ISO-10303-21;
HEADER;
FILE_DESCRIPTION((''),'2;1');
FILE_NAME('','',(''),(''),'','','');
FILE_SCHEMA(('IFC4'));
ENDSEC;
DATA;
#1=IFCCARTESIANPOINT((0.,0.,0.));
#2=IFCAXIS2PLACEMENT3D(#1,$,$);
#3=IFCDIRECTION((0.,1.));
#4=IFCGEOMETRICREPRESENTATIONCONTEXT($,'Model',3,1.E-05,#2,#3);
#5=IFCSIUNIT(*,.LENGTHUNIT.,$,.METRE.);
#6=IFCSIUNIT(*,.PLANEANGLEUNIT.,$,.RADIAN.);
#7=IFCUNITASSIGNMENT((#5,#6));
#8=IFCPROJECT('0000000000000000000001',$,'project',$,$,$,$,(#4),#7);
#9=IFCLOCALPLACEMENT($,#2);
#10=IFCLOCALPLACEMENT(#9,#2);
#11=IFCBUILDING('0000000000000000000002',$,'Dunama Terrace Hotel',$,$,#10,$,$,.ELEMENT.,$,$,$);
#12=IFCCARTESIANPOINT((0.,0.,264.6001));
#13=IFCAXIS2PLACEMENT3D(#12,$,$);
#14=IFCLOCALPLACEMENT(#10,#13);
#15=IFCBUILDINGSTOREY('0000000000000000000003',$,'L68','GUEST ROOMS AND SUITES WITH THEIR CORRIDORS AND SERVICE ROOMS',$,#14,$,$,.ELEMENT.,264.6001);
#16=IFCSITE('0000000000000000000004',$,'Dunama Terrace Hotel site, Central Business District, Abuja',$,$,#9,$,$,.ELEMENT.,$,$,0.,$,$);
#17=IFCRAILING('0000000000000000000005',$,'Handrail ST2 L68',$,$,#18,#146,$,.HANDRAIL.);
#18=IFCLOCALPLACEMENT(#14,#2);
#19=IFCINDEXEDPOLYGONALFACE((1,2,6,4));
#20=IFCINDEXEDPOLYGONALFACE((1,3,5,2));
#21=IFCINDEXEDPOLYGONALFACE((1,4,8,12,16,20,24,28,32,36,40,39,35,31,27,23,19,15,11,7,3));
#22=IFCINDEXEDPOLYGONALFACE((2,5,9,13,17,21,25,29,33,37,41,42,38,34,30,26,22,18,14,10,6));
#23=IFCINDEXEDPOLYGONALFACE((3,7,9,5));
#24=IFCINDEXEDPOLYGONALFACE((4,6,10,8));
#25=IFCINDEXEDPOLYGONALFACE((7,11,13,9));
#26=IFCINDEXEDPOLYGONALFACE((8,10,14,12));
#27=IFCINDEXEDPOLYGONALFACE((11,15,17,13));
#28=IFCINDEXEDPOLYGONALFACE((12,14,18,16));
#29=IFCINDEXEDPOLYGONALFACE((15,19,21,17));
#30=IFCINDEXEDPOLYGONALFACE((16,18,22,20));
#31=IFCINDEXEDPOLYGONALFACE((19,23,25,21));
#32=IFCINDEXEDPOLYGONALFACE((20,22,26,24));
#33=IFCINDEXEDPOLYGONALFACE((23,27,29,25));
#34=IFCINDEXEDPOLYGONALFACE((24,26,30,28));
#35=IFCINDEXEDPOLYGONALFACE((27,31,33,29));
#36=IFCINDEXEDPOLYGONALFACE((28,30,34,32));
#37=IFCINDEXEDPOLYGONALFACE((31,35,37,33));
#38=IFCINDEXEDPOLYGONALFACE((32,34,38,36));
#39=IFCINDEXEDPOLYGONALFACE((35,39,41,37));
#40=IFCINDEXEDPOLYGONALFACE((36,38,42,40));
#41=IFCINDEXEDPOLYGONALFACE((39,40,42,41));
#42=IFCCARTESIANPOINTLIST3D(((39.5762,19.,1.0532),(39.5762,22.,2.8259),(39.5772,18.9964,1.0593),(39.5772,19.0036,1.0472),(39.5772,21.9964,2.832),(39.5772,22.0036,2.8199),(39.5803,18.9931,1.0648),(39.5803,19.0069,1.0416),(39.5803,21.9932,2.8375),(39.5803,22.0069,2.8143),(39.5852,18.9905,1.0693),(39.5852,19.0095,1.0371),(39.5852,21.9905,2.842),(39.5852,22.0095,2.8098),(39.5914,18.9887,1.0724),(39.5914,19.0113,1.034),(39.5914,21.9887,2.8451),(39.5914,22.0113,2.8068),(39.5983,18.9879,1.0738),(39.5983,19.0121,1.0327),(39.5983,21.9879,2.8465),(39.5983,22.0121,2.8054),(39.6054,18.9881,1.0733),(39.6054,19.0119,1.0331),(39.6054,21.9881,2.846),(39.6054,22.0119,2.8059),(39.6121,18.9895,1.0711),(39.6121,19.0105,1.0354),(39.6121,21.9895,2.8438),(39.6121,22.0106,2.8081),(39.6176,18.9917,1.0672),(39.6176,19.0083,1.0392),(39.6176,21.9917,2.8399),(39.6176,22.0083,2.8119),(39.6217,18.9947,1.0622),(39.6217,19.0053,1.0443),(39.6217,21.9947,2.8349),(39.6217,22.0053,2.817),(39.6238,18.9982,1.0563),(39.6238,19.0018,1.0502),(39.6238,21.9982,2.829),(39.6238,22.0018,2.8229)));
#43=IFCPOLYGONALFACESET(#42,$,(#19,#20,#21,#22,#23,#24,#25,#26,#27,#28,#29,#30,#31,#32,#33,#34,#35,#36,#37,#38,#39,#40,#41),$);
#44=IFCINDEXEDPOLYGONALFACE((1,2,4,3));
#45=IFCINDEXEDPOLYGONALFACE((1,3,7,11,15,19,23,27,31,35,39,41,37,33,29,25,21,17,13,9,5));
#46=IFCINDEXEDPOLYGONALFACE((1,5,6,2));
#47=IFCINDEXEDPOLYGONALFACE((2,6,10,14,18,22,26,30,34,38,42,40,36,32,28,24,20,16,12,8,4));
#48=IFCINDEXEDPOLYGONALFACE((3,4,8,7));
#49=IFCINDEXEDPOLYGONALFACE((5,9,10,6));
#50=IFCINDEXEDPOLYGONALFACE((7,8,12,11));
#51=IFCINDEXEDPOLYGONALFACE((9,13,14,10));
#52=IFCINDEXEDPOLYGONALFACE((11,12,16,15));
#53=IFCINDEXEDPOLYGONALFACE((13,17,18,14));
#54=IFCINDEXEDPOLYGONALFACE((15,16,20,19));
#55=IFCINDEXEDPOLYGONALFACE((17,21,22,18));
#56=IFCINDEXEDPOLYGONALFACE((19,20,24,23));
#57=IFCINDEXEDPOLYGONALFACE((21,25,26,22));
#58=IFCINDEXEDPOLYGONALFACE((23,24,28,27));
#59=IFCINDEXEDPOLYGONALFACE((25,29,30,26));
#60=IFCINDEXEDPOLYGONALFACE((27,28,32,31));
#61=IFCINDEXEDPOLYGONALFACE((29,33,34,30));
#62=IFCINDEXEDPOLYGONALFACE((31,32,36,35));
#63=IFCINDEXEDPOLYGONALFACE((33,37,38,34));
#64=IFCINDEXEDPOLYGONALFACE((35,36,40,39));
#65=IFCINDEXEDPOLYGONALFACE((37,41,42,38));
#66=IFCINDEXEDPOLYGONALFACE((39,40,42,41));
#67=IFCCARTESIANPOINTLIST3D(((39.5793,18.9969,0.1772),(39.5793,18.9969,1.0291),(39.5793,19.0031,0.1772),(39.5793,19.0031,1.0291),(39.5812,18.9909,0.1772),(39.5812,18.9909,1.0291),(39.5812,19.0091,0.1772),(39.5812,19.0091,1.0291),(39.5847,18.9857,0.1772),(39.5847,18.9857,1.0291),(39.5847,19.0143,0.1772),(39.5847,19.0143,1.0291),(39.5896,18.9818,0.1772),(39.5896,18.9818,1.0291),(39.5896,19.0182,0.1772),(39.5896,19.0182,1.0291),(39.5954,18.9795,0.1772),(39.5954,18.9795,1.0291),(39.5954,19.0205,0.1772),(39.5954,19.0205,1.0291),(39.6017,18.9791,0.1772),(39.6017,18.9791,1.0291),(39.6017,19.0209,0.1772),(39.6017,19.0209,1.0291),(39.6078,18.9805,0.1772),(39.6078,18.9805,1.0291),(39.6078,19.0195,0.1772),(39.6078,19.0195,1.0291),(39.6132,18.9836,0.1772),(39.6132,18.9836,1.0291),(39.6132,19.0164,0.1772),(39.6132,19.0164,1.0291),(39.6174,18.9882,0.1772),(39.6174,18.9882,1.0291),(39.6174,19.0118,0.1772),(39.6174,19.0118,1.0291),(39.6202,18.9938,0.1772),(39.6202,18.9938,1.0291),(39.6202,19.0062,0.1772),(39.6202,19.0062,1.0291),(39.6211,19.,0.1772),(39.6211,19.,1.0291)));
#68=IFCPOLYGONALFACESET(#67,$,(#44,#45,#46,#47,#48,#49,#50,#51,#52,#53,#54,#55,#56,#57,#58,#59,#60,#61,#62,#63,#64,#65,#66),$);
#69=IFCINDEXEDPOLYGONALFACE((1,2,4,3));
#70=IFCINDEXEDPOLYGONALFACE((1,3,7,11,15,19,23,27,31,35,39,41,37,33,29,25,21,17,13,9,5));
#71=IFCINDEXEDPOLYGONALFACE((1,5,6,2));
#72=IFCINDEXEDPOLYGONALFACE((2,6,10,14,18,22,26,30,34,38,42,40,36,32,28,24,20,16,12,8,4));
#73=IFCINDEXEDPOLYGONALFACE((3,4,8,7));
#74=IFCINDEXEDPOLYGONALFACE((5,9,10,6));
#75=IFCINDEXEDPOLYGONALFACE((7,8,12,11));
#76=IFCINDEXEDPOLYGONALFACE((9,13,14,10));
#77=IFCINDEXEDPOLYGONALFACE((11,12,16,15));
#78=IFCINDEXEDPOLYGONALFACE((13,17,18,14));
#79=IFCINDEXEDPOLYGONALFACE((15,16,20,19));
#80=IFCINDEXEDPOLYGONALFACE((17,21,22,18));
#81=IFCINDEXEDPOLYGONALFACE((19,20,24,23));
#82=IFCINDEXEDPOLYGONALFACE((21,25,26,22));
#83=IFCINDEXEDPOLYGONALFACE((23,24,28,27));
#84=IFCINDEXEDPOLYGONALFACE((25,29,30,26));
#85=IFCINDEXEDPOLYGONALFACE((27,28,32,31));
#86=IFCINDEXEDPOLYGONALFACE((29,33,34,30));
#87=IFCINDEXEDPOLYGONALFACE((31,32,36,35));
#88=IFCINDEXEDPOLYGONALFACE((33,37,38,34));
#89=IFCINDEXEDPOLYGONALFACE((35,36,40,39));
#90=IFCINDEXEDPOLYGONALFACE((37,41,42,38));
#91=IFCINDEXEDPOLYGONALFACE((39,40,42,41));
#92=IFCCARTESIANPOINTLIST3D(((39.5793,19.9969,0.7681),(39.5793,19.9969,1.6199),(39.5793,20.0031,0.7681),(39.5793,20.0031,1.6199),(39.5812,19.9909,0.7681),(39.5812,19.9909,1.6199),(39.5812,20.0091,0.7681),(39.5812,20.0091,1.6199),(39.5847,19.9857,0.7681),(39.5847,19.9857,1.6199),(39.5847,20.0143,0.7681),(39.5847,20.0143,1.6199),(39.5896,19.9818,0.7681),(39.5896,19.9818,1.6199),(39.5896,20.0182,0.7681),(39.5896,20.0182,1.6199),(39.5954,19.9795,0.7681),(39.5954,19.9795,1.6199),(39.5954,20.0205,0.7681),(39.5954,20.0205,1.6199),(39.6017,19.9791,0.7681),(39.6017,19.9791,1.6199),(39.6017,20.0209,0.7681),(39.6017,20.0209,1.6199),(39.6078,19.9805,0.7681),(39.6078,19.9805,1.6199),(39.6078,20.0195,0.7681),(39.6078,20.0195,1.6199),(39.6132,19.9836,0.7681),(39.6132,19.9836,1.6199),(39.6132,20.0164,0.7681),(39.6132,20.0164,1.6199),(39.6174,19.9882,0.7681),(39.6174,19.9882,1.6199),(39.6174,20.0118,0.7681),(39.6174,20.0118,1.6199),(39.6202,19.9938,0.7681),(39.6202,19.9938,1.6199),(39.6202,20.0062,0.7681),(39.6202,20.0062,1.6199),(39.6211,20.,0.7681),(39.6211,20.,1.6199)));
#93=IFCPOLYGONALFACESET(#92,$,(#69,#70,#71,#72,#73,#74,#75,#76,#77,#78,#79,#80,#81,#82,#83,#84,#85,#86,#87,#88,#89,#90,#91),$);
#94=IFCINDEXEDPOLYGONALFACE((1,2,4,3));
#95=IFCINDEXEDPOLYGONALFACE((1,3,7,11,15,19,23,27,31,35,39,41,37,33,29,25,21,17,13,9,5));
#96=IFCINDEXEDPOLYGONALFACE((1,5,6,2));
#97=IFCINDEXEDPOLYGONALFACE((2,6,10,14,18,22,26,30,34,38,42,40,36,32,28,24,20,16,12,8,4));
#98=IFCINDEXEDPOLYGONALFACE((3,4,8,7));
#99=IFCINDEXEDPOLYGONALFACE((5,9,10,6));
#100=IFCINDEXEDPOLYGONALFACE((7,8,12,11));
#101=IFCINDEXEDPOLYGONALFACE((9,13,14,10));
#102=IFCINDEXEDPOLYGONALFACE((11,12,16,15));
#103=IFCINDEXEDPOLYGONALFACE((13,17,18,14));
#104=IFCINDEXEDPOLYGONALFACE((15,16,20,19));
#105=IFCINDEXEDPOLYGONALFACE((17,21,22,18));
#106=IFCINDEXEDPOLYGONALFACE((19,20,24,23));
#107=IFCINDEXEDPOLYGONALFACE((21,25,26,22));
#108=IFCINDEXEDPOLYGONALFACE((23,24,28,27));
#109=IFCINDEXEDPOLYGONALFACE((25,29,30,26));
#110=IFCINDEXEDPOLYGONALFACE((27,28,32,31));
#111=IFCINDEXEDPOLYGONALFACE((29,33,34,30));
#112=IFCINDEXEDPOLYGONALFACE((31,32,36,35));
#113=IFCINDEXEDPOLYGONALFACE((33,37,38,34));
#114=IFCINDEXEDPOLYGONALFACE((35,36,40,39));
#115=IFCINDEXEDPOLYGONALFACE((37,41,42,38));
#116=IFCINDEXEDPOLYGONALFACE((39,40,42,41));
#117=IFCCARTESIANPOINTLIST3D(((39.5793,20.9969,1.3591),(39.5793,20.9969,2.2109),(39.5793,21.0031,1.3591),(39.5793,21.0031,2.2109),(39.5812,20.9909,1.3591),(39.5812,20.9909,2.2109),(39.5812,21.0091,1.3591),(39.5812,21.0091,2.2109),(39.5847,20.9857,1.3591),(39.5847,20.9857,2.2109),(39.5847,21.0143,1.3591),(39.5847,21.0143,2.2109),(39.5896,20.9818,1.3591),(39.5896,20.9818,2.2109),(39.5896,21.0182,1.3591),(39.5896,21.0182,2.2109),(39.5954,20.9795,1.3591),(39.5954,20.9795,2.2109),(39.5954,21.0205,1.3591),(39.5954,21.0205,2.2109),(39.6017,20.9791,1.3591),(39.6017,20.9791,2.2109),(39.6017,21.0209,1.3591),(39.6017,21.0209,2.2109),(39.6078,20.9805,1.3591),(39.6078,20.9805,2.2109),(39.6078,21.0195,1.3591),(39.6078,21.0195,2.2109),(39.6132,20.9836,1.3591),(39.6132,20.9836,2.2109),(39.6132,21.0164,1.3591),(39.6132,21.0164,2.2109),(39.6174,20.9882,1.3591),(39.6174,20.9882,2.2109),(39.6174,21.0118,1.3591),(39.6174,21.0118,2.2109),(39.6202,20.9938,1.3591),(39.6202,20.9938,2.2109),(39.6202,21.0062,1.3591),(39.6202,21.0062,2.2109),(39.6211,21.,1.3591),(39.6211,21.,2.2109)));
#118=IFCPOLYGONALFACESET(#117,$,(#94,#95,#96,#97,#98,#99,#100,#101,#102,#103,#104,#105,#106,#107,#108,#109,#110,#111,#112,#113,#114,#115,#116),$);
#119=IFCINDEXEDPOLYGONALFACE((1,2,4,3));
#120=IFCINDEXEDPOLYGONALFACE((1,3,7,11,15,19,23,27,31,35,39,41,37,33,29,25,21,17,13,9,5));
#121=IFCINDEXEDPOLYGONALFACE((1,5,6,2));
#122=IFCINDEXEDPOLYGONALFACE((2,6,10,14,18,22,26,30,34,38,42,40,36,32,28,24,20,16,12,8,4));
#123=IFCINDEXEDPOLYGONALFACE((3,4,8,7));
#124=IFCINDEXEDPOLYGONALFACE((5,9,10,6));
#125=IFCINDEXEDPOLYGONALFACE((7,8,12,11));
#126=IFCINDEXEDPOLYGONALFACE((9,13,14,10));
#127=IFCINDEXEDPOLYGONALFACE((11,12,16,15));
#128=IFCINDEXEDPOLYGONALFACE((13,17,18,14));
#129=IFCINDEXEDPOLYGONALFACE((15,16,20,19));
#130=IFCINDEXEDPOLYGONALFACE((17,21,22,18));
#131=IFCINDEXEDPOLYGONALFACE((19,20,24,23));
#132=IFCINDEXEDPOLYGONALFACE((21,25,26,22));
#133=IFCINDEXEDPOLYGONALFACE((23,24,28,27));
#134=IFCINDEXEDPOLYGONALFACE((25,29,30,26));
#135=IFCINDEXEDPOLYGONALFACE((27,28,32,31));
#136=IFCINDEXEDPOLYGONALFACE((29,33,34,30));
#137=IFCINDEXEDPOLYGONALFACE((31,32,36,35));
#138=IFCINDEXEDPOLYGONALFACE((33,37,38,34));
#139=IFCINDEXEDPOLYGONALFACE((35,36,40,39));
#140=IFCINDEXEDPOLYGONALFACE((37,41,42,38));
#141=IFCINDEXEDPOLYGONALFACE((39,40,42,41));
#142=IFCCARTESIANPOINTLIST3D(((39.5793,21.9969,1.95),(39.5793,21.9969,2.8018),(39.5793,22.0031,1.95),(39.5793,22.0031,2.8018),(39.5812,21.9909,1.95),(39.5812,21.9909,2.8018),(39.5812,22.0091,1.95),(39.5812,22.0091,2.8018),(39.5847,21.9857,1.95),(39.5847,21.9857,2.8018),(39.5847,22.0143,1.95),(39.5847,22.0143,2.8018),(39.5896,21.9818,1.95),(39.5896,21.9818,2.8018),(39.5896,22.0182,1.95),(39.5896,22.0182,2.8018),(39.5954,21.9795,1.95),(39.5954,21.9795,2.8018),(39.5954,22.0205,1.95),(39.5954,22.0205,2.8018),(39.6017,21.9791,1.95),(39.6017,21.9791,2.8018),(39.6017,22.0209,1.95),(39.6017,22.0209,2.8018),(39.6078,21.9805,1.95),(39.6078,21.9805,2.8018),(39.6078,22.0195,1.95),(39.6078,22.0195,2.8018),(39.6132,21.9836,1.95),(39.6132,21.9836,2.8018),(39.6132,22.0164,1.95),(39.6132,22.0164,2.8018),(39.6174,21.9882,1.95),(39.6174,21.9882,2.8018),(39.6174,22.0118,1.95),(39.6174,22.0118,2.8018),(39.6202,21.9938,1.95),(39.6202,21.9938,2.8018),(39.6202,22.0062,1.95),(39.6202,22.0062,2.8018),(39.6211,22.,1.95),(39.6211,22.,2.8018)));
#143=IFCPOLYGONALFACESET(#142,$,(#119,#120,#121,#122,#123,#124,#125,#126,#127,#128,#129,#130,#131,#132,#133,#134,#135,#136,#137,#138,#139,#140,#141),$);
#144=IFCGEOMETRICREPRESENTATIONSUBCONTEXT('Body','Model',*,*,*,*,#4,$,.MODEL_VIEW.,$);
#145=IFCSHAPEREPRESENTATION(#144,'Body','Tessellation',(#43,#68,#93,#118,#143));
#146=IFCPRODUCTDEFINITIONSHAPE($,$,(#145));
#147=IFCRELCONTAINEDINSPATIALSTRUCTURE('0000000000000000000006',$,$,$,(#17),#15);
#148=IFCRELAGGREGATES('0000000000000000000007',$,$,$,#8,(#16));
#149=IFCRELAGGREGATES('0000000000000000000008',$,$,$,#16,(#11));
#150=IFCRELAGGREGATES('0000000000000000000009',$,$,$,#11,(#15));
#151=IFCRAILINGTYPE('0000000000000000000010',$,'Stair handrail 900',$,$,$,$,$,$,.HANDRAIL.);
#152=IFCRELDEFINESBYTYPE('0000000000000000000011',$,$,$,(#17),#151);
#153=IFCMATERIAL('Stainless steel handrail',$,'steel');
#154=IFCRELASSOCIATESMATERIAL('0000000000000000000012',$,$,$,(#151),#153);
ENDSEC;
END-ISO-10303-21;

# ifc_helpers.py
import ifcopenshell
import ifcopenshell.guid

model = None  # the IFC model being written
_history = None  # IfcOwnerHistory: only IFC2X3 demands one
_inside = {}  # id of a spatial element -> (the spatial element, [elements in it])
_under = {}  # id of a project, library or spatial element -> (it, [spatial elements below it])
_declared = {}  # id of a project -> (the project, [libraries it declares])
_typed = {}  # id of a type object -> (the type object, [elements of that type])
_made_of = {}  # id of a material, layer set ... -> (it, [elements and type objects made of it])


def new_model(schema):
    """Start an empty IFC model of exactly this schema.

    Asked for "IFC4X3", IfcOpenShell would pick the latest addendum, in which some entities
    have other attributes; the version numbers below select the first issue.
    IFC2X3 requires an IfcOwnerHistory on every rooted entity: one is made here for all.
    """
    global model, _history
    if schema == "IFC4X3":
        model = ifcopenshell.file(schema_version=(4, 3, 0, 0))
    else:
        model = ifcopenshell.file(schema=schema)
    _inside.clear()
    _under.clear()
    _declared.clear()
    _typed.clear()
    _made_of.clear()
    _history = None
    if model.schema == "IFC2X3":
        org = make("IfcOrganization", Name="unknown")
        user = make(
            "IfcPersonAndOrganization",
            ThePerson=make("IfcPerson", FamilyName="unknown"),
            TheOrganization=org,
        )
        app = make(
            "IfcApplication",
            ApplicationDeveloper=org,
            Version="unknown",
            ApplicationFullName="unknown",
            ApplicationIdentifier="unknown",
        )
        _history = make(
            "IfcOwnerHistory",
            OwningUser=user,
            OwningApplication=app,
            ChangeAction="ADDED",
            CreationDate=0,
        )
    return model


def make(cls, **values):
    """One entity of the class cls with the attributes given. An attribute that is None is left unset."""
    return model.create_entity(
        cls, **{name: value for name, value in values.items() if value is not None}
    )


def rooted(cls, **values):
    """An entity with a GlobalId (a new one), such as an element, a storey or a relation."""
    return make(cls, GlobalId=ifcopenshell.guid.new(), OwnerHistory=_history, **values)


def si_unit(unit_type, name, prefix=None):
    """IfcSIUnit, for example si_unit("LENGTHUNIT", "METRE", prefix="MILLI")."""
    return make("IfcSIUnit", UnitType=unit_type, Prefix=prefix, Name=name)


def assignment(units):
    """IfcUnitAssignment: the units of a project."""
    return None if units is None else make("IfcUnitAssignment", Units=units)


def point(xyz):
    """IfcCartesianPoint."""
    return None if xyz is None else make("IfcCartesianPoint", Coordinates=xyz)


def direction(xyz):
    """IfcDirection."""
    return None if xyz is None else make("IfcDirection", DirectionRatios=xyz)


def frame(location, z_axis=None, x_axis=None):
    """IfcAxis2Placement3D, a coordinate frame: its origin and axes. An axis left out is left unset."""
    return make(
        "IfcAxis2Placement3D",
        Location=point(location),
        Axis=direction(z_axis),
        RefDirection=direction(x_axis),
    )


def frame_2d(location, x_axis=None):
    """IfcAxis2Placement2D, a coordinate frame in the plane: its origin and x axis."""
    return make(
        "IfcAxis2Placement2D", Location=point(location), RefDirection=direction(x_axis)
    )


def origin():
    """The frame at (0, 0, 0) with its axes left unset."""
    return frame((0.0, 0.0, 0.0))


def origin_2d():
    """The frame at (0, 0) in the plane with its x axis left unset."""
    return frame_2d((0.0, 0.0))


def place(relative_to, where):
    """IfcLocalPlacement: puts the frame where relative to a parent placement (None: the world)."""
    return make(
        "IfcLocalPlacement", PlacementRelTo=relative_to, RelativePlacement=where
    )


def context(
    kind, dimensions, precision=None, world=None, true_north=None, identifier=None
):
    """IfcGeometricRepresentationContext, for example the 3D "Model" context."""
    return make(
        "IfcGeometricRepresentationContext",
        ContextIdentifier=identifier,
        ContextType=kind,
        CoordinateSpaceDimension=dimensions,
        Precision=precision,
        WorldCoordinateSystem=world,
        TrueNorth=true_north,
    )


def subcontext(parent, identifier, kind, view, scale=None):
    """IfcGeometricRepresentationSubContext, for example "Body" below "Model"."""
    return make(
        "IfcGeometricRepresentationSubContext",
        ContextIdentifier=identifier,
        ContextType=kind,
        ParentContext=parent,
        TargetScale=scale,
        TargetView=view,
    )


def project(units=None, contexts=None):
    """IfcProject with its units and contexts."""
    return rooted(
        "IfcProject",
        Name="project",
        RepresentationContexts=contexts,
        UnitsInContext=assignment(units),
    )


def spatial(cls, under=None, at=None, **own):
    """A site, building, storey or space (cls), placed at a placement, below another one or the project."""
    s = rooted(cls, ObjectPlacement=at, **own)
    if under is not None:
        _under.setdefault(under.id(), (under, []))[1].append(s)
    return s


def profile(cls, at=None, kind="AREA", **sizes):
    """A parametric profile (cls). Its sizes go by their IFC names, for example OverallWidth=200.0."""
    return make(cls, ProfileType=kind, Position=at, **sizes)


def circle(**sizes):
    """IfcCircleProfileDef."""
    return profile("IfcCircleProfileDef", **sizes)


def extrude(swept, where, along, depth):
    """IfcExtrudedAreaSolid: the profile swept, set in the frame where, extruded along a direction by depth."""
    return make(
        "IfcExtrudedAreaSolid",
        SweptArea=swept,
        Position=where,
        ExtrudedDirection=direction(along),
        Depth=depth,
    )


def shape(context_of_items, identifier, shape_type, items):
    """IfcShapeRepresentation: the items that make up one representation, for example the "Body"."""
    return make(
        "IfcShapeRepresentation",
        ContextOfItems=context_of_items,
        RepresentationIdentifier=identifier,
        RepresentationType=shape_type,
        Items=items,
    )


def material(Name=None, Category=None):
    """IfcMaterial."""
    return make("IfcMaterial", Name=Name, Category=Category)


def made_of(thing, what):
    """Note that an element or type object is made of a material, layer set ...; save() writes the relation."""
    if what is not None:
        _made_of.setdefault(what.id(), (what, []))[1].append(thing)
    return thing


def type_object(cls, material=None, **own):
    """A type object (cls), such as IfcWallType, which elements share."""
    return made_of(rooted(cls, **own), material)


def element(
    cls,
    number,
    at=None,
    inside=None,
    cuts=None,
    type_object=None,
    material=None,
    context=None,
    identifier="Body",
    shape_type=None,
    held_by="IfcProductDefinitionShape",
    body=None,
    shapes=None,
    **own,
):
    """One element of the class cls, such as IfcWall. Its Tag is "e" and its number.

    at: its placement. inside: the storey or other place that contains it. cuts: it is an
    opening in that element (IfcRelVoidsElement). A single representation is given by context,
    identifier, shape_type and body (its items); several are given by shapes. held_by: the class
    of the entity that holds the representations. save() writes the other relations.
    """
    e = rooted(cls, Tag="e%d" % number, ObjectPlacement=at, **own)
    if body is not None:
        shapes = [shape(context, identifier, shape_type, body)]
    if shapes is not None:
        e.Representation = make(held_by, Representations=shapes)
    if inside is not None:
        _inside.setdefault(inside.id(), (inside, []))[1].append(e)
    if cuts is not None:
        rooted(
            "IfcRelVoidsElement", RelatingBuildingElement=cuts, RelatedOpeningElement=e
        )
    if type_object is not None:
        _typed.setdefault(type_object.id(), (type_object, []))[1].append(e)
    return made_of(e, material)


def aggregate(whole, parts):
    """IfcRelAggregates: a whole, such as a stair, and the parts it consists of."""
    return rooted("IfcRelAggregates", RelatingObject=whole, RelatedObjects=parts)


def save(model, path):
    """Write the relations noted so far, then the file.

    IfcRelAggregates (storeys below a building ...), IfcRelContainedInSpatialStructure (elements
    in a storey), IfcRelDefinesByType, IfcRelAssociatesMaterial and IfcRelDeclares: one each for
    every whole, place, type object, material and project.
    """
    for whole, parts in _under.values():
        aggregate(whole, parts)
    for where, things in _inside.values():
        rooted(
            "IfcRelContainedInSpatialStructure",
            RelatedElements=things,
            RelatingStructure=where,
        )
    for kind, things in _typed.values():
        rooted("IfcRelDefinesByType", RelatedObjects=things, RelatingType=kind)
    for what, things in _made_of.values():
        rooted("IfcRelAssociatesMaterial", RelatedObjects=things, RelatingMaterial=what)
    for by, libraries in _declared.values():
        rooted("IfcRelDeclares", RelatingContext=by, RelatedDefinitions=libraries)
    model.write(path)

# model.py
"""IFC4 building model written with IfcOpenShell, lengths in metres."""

from ifc_helpers import new_model, si_unit, direction, frame, origin, origin_2d, place, context, subcontext, project, spatial, circle, extrude, material, type_object, element, save


model = new_model("IFC4")

# Units and contexts
model_context = context("Model", 3, precision=1e-05, world=origin(), true_north=direction((0.0, 1.0)))
body_context = subcontext(model_context, "Body", "Model", "MODEL_VIEW")
ifc_project = project(units=[si_unit("LENGTHUNIT", "METRE"), si_unit("PLANEANGLEUNIT", "RADIAN")], contexts=[model_context])

# Site, building, storey
site_placement = place(None, origin())
site = spatial("IfcSite", under=ifc_project, at=site_placement, Name="Dunama Terrace Hotel site, Central Business District, Abuja", CompositionType="ELEMENT", RefElevation=0.0)
building_placement = place(site_placement, origin())
building = spatial("IfcBuilding", under=site, at=building_placement, Name="Dunama Terrace Hotel", CompositionType="ELEMENT")
storey_placement = place(building_placement, frame((0.0, 0.0, 264.6001)))
storey = spatial("IfcBuildingStorey", under=building, at=storey_placement, Name="L68", Description="GUEST ROOMS AND SUITES WITH THEIR CORRIDORS AND SERVICE ROOMS", CompositionType="ELEMENT", Elevation=264.6001)

# Railing
ifc_material_1 = material(Name="Stainless steel handrail", Category="steel")
railing_type_1 = type_object("IfcRailingType", Name="Stair handrail 900", PredefinedType="HANDRAIL", material=ifc_material_1)
railing_1_placement = place(storey_placement, frame((39.6001, 19.0, 0.1772)))
element("IfcRailing", 1, at=railing_1_placement, inside=storey, type_object=railing_type_1, Name="Handrail ST2 L68", PredefinedType="HANDRAIL", context=body_context, shape_type="SweptSolid", body=[
    extrude(circle(Radius=0.0239, at=origin_2d()), frame((0.0, 0.0, 0.876), z_axis=(0.0, 0.860929, 0.508725), x_axis=(-1.0, 0.0, 0.0)), (0.0, 0.0, 1.0), 3.4846),
    extrude(circle(Radius=0.021, at=origin_2d()), origin(), (0.0, 0.0, 1.0), 0.8518),
    extrude(circle(Radius=0.021, at=origin_2d()), frame((0.0, 1.0, 0.5908)), (0.0, 0.0, 1.0), 0.8518),
    extrude(circle(Radius=0.021, at=origin_2d()), frame((0.0, 2.0, 1.1819)), (0.0, 0.0, 1.0), 0.8518),
    extrude(circle(Radius=0.021, at=origin_2d()), frame((0.0, 3.0, 1.7727)), (0.0, 0.0, 1.0), 0.8518),
])

save(model, "model.ifc")
